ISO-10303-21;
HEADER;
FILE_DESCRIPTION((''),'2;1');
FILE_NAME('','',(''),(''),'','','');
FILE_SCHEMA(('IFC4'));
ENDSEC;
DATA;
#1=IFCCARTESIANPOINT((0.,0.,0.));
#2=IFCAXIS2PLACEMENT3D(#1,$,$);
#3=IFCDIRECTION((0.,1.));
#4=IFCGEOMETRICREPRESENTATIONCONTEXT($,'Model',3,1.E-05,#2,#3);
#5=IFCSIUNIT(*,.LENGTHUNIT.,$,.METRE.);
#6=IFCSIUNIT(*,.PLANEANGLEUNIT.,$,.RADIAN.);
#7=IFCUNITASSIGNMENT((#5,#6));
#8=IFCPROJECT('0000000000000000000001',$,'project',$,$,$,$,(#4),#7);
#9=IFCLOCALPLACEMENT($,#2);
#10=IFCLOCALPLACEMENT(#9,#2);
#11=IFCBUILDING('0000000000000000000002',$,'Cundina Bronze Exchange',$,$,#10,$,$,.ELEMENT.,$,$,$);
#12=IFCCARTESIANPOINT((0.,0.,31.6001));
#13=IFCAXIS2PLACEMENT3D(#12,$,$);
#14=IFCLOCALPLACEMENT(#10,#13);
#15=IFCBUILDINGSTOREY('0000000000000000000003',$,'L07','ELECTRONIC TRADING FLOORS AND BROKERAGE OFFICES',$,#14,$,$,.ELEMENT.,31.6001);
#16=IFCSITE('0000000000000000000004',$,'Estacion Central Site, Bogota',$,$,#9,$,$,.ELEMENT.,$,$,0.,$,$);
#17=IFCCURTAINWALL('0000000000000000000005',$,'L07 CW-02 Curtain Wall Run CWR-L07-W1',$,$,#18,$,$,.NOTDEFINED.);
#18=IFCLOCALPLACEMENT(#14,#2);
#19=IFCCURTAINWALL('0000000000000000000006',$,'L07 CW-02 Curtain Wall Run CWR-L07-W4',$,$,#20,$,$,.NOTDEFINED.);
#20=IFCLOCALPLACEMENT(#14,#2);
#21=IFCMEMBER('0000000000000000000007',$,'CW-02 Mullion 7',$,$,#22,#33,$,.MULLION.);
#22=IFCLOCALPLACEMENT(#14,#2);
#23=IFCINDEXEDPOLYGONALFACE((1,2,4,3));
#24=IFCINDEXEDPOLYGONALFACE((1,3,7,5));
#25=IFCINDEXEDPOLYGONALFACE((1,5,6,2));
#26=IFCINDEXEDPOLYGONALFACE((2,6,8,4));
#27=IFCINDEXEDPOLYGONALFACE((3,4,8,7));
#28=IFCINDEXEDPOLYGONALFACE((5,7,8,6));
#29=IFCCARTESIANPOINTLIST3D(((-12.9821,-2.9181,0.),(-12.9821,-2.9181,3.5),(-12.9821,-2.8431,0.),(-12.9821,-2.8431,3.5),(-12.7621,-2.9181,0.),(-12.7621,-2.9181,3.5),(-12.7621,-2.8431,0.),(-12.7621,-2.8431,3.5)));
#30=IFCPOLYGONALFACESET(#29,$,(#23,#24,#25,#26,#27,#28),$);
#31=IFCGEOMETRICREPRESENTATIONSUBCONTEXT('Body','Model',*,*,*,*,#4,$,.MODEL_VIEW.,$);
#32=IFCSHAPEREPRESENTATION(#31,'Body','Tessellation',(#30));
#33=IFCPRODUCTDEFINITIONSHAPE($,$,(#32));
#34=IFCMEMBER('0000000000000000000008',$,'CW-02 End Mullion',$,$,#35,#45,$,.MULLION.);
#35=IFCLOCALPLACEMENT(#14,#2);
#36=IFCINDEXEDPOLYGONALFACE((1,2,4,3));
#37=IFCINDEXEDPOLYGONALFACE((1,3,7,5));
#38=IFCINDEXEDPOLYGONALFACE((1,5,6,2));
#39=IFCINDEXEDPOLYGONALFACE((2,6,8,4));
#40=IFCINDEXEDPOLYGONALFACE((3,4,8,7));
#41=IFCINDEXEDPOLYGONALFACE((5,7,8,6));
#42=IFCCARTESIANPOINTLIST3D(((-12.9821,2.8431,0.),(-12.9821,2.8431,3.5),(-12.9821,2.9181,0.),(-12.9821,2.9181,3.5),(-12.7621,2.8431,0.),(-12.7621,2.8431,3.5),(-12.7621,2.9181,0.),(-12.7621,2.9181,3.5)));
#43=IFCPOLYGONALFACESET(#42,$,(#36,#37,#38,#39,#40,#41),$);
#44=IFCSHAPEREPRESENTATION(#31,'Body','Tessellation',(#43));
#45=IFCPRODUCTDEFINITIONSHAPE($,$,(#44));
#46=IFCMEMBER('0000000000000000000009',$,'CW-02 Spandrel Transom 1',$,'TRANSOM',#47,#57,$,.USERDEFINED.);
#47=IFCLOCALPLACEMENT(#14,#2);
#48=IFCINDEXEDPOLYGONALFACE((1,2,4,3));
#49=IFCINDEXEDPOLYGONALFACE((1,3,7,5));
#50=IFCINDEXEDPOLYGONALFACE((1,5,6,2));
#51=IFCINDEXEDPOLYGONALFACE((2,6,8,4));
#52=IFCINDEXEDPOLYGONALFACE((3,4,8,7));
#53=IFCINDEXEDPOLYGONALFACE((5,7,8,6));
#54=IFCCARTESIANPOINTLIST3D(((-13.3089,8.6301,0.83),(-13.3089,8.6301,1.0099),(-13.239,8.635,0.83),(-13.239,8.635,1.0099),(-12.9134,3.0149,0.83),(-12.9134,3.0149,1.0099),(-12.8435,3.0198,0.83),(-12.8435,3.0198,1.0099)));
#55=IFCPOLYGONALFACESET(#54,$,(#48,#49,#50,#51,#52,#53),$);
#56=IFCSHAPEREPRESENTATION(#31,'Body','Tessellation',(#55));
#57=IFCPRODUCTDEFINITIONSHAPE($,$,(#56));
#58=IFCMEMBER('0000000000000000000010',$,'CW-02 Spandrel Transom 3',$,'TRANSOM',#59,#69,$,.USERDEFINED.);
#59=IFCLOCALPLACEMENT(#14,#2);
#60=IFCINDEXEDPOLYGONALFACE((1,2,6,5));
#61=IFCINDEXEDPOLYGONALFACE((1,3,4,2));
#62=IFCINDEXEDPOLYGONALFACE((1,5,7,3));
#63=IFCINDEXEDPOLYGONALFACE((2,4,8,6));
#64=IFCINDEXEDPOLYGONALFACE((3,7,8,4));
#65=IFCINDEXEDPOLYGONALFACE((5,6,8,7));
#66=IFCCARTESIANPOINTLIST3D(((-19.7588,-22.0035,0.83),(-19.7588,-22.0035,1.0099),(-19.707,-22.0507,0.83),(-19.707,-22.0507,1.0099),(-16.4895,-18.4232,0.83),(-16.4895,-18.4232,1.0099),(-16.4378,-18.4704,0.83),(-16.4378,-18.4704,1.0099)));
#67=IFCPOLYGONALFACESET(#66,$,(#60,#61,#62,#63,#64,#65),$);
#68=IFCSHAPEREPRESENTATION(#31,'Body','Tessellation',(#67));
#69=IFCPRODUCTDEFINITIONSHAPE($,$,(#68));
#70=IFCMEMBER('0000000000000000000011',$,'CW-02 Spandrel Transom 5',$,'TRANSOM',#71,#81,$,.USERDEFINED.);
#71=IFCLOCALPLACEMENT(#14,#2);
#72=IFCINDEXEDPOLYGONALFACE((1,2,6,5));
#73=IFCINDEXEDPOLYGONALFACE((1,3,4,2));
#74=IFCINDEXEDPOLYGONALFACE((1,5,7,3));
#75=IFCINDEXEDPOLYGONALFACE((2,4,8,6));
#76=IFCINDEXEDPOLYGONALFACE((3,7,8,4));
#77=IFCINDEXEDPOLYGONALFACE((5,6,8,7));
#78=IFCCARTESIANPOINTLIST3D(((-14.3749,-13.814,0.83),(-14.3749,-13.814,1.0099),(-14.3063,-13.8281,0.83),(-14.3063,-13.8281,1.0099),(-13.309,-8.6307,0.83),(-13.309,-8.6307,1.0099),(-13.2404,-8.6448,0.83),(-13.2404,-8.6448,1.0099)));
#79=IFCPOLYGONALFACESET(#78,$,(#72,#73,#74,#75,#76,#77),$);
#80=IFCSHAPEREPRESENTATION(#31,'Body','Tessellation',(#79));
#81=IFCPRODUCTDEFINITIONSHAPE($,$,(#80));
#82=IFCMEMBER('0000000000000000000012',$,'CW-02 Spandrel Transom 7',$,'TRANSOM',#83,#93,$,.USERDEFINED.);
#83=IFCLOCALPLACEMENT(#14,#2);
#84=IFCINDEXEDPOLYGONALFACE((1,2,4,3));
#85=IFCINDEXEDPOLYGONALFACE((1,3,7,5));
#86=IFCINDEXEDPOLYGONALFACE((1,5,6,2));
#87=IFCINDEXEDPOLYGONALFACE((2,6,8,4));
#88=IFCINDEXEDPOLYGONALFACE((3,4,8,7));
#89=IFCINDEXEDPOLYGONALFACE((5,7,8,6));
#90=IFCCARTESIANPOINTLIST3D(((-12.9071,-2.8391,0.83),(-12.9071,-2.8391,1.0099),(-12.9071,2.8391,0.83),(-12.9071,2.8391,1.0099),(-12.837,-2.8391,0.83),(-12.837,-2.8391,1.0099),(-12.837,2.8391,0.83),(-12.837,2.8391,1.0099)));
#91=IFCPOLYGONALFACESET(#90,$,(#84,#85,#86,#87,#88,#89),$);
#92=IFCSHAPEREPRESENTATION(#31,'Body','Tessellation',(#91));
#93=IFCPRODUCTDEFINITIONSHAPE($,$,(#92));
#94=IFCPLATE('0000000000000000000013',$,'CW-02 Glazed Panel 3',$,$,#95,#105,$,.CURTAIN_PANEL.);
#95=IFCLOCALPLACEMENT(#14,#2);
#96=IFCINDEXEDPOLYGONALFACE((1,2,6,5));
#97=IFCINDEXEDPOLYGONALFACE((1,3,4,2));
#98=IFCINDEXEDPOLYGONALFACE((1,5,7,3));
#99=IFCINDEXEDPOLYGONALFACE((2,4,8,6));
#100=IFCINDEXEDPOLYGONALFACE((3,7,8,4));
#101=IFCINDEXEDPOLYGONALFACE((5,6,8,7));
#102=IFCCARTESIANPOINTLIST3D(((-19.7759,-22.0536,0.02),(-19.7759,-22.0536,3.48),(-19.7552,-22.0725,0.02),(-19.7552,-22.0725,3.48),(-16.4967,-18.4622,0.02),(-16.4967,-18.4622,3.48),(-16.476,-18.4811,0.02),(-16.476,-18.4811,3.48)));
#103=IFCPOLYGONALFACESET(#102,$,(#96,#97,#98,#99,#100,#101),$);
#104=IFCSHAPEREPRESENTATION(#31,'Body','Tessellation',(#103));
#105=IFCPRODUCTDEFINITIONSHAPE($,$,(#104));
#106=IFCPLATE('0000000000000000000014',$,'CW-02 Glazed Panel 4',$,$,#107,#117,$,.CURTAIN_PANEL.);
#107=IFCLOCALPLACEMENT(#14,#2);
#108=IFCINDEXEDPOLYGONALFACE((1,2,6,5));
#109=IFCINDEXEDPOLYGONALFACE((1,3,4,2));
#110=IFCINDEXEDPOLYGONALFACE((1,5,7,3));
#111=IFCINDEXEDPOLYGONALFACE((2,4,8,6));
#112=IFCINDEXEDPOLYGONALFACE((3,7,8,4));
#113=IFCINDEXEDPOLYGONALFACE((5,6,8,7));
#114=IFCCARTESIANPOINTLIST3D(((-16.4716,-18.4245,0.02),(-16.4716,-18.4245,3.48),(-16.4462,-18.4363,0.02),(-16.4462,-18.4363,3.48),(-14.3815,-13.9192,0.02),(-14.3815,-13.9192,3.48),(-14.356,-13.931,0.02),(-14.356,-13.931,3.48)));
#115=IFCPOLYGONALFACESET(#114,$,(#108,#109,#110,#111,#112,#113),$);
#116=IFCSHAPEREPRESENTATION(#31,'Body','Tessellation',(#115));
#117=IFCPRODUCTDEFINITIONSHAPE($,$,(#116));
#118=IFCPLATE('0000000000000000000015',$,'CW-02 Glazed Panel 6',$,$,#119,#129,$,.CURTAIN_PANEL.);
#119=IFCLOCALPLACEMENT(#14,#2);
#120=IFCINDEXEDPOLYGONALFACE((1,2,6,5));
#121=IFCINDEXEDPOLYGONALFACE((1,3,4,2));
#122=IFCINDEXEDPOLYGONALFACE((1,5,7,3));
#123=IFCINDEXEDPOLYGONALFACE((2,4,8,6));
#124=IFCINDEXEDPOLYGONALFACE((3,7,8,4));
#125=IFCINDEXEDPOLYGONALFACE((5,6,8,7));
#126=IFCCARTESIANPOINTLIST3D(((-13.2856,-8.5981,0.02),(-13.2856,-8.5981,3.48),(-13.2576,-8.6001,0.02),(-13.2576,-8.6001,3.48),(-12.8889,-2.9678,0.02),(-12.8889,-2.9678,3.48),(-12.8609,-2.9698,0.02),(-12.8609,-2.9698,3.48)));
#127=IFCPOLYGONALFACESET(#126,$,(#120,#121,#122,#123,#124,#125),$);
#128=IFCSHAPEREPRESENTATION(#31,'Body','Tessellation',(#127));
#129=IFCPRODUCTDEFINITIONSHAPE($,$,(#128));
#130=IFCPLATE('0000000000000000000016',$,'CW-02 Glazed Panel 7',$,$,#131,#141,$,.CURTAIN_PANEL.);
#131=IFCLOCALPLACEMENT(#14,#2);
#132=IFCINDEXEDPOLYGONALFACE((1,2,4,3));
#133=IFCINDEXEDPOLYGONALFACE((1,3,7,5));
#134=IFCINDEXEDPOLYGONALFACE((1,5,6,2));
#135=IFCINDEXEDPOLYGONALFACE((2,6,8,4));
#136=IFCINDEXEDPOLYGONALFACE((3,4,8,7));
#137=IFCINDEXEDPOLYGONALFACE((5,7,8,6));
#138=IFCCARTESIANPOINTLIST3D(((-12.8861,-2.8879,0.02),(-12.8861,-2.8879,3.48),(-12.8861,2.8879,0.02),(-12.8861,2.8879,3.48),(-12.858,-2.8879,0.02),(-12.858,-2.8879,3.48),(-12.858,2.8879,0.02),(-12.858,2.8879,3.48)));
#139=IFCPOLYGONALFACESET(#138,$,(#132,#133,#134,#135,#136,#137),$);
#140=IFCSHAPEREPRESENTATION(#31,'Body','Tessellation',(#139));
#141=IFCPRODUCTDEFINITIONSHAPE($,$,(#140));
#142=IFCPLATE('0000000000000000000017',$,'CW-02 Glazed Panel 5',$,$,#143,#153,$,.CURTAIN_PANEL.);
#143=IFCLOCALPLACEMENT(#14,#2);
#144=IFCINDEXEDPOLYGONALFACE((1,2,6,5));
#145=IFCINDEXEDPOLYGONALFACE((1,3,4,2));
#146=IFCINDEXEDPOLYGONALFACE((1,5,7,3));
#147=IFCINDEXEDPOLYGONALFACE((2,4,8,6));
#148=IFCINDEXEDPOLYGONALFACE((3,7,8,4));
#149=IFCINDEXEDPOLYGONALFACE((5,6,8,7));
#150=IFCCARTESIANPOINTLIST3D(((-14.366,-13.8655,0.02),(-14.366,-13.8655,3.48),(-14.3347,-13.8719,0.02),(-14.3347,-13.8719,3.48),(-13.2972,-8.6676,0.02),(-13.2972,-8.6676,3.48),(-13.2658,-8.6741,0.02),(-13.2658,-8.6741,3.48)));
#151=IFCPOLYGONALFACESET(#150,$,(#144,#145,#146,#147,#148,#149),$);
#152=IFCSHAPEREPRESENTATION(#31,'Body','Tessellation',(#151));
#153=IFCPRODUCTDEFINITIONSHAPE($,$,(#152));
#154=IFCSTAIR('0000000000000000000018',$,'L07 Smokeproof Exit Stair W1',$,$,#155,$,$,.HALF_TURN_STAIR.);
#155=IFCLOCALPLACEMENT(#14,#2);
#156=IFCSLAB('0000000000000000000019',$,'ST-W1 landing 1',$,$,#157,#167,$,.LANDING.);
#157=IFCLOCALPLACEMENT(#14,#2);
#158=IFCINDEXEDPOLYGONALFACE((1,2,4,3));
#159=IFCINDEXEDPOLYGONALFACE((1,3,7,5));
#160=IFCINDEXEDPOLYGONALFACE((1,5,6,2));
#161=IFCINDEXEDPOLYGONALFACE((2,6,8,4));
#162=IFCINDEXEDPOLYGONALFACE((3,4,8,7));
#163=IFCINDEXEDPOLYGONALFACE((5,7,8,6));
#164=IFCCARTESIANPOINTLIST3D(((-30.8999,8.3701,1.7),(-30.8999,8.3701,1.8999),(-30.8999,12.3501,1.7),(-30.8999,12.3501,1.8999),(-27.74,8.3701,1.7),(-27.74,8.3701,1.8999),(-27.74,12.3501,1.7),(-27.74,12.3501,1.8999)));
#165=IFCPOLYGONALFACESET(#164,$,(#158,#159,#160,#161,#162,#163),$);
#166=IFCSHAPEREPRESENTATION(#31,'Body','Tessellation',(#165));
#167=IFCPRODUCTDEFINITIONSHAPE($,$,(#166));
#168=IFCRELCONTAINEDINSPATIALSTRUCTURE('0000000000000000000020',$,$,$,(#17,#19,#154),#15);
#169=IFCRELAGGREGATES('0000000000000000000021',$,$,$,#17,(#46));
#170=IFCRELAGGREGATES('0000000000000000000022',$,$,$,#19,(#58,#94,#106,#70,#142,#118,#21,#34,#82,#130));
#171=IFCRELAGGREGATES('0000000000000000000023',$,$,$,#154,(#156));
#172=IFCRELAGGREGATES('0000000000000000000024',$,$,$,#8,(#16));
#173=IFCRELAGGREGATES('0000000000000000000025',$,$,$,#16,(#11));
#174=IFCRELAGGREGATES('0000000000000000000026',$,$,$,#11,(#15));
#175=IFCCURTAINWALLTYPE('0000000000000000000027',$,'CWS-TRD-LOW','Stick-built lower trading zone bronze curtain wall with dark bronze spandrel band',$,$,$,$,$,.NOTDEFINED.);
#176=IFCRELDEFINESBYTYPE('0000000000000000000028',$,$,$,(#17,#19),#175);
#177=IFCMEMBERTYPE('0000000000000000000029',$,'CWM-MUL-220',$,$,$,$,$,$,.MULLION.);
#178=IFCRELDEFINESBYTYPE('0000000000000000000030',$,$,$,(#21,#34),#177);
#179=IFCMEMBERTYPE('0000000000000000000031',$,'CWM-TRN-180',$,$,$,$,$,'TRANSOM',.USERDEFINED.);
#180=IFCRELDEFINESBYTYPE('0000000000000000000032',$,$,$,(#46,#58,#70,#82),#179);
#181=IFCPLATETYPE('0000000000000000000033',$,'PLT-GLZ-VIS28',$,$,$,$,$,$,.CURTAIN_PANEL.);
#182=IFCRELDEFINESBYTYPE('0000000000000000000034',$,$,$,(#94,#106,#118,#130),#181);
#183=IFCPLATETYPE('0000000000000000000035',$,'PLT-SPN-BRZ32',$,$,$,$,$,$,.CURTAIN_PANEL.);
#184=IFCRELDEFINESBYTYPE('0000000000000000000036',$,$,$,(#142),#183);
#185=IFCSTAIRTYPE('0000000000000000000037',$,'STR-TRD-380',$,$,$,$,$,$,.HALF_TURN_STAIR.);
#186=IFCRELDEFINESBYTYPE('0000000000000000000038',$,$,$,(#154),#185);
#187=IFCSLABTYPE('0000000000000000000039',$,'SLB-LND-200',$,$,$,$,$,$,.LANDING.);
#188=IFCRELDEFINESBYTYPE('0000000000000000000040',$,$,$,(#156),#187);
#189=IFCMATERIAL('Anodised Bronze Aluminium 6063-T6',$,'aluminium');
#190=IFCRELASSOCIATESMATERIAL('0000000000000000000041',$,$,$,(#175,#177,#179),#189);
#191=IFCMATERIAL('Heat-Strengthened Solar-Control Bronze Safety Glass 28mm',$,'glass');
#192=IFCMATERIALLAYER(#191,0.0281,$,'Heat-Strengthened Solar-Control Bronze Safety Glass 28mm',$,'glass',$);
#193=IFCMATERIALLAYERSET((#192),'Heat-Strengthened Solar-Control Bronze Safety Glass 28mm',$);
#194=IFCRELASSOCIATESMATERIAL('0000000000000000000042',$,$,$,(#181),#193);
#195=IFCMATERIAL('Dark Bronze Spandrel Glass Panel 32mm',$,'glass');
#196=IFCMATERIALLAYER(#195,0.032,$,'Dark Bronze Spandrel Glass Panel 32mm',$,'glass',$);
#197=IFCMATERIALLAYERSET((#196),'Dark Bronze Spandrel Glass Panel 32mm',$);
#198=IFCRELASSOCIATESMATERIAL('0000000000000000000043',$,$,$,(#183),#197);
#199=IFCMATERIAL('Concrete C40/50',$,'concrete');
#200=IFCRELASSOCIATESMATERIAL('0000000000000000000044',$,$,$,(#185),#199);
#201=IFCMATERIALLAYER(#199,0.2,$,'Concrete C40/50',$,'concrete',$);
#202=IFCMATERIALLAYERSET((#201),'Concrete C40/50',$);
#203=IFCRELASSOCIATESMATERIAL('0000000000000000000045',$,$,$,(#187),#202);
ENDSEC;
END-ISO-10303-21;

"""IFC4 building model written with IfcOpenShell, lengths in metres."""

from ifc_helpers import new_model, si_unit, direction, frame, origin, origin_2d, place, context, subcontext, project, spatial, polyline, rectangle, outline, extrude, material, layer, layer_set, material_profile, profile_set, type_object, element, aggregate, save


model = new_model("IFC4")

# Units and contexts
model_context = context("Model", 3, precision=1e-05, world=origin(), true_north=direction((0.0, 1.0)))
body_context = subcontext(model_context, "Body", "Model", "MODEL_VIEW")
ifc_project = project(units=[si_unit("LENGTHUNIT", "METRE"), si_unit("PLANEANGLEUNIT", "RADIAN")], contexts=[model_context])

# Site, building, storey
site_placement = place(None, origin())
site = spatial("IfcSite", under=ifc_project, at=site_placement, Name="Estacion Central Site, Bogota", CompositionType="ELEMENT", RefElevation=0.0)
building_placement = place(site_placement, origin())
building = spatial("IfcBuilding", under=site, at=building_placement, Name="Cundina Bronze Exchange", CompositionType="ELEMENT")
storey_placement = place(building_placement, frame((0.0, 0.0, 31.6001)))
storey = spatial("IfcBuildingStorey", under=building, at=storey_placement, Name="L07", Description="ELECTRONIC TRADING FLOORS AND BROKERAGE OFFICES", CompositionType="ELEMENT", Elevation=31.6001)

# Curtain wall
ifc_material_1 = material(Name="Anodised Bronze Aluminium 6063-T6", Category="aluminium")
curtain_wall_type = type_object("IfcCurtainWallType", Name="CWS-TRD-LOW", Description="Stick-built lower trading zone bronze curtain wall with dark bronze spandrel band", PredefinedType="NOTDEFINED", material=ifc_material_1)
curtain_wall_1_placement = place(storey_placement, origin())
curtain_wall_1 = element("IfcCurtainWall", 1, at=curtain_wall_1_placement, inside=storey, type_object=curtain_wall_type, Name="L07 CW-02 Curtain Wall Run CWR-L07-W1", PredefinedType="NOTDEFINED")
ifc_material_profile_1 = material_profile(ifc_material_1, rectangle(XDim=0.075, YDim=0.22, at=origin_2d()), Name="AL75X220", Category="aluminium")
ifc_profile_set_1 = profile_set([ifc_material_profile_1], Name="Anodised Bronze Aluminium 6063-T6")
member_type_1 = type_object("IfcMemberType", Name="CWM-MUL-220", PredefinedType="MULLION", material=ifc_profile_set_1)

# Curtain wall, members
curtain_wall_2_placement = place(storey_placement, origin())
curtain_wall_2 = element("IfcCurtainWall", 2, at=curtain_wall_2_placement, inside=storey, type_object=curtain_wall_type, Name="L07 CW-02 Curtain Wall Run CWR-L07-W4", PredefinedType="NOTDEFINED")
member_1_placement = place(storey_placement, frame((-12.8721, -2.8806, 0.0), z_axis=(0.0, 0.0, 1.0), x_axis=(0.0, 1.0, 0.0)))
member_1 = element("IfcMember", 3, at=member_1_placement, type_object=member_type_1, Name="CW-02 Mullion 7", PredefinedType="MULLION", context=body_context, shape_type="SweptSolid", body=[
    extrude(rectangle(XDim=0.075, YDim=0.22, at=origin_2d()), origin(), (0.0, 0.0, 1.0), 3.5),
])
member_2_placement = place(storey_placement, frame((-12.8721, 2.8806, 0.0), z_axis=(0.0, 0.0, 1.0), x_axis=(0.0, 1.0, 0.0)))
member_2 = element("IfcMember", 4, at=member_2_placement, type_object=member_type_1, Name="CW-02 End Mullion", PredefinedType="MULLION", context=body_context, shape_type="SweptSolid", body=[
    extrude(rectangle(XDim=0.075, YDim=0.22, at=origin_2d()), origin(), (0.0, 0.0, 1.0), 3.5),
])

# Members
ifc_material_profile_2 = material_profile(ifc_material_1, rectangle(XDim=0.0701, YDim=0.1799, at=origin_2d()), Name="AL70X180", Category="aluminium")
ifc_profile_set_2 = profile_set([ifc_material_profile_2], Name="Anodised Bronze Aluminium 6063-T6")
member_type_2 = type_object("IfcMemberType", Name="CWM-TRN-180", ElementType="TRANSOM", PredefinedType="USERDEFINED", material=ifc_profile_set_2)
member_3_placement = place(storey_placement, frame((-12.8784, 3.0173, 0.9199), z_axis=(-0.070261, 0.997529, 0.0), x_axis=(-0.997529, -0.070261, 0.0)))
member_3 = element("IfcMember", 5, at=member_3_placement, type_object=member_type_2, Name="CW-02 Spandrel Transom 1", ObjectType="TRANSOM", PredefinedType="USERDEFINED", context=body_context, shape_type="SweptSolid", body=[
    extrude(rectangle(XDim=0.0701, YDim=0.1799, at=origin_2d()), origin(), (0.0, 0.0, 1.0), 5.6292),
])
aggregate(curtain_wall_1, [member_3])
member_4_placement = place(storey_placement, frame((-19.7329, -22.0271, 0.9199), z_axis=(0.674303, 0.738455, 0.0), x_axis=(-0.738455, 0.674303, 0.0)))
member_4 = element("IfcMember", 6, at=member_4_placement, type_object=member_type_2, Name="CW-02 Spandrel Transom 3", ObjectType="TRANSOM", PredefinedType="USERDEFINED", context=body_context, shape_type="SweptSolid", body=[
    extrude(rectangle(XDim=0.0701, YDim=0.1799, at=origin_2d()), origin(), (0.0, 0.0, 1.0), 4.8484),
])
member_5_placement = place(storey_placement, frame((-14.3406, -13.821, 0.9199), z_axis=(0.201428, 0.979503, 0.0), x_axis=(-0.979503, 0.201428, 0.0)))
member_5 = element("IfcMember", 7, at=member_5_placement, type_object=member_type_2, Name="CW-02 Spandrel Transom 5", ObjectType="TRANSOM", PredefinedType="USERDEFINED", context=body_context, shape_type="SweptSolid", body=[
    extrude(rectangle(XDim=0.0701, YDim=0.1799, at=origin_2d()), origin(), (0.0, 0.0, 1.0), 5.2917),
])
member_6_placement = place(storey_placement, frame((-12.8721, -2.8391, 0.9199), z_axis=(0.0, 1.0, 0.0), x_axis=(-1.0, 0.0, 0.0)))
member_6 = element("IfcMember", 8, at=member_6_placement, type_object=member_type_2, Name="CW-02 Spandrel Transom 7", ObjectType="TRANSOM", PredefinedType="USERDEFINED", context=body_context, shape_type="SweptSolid", body=[
    extrude(rectangle(XDim=0.0701, YDim=0.1799, at=origin_2d()), origin(), (0.0, 0.0, 1.0), 5.6782),
])

# Plates
ifc_material_2 = material(Name="Heat-Strengthened Solar-Control Bronze Safety Glass 28mm", Category="glass")
ifc_layer_1 = layer(ifc_material_2, 0.0281, Name="Heat-Strengthened Solar-Control Bronze Safety Glass 28mm", Category="glass")
ifc_layer_set_1 = layer_set([ifc_layer_1], Name="Heat-Strengthened Solar-Control Bronze Safety Glass 28mm")
plate_type_1 = type_object("IfcPlateType", Name="PLT-GLZ-VIS28", PredefinedType="CURTAIN_PANEL", material=ifc_layer_set_1)
plate_1_placement = place(storey_placement, frame((-18.126, -20.2673, 0.02), z_axis=(0.0, 0.0, 1.0), x_axis=(0.674277, 0.738479, 0.0)))
plate_1 = element("IfcPlate", 9, at=plate_1_placement, type_object=plate_type_1, Name="CW-02 Glazed Panel 3", PredefinedType="CURTAIN_PANEL", context=body_context, shape_type="SweptSolid", body=[
    extrude(rectangle(XDim=4.8633, YDim=0.0281, at=origin_2d()), origin(), (0.0, 0.0, 1.0), 3.46),
])
plate_2_placement = place(storey_placement, frame((-15.4138, -16.1777, 0.02), z_axis=(0.0, 0.0, 1.0), x_axis=(0.420846, 0.907132, 0.0)))
plate_2 = element("IfcPlate", 10, at=plate_2_placement, type_object=plate_type_1, Name="CW-02 Glazed Panel 4", PredefinedType="CURTAIN_PANEL", context=body_context, shape_type="SweptSolid", body=[
    extrude(rectangle(XDim=4.9666, YDim=0.0281, at=origin_2d()), origin(), (0.0, 0.0, 1.0), 3.46),
])
plate_3_placement = place(storey_placement, frame((-13.0732, -5.7839, 0.02), z_axis=(0.0, 0.0, 1.0), x_axis=(0.070279, 0.997527, 0.0)))
plate_3 = element("IfcPlate", 11, at=plate_3_placement, type_object=plate_type_1, Name="CW-02 Glazed Panel 6", PredefinedType="CURTAIN_PANEL", context=body_context, shape_type="SweptSolid", body=[
    extrude(rectangle(XDim=5.6443, YDim=0.0281, at=origin_2d()), origin(), (0.0, 0.0, 1.0), 3.46),
])
plate_4_placement = place(storey_placement, frame((-12.8721, 0.0, 0.02), z_axis=(0.0, 0.0, 1.0), x_axis=(0.0, 1.0, 0.0)))
plate_4 = element("IfcPlate", 12, at=plate_4_placement, type_object=plate_type_1, Name="CW-02 Glazed Panel 7", PredefinedType="CURTAIN_PANEL", context=body_context, shape_type="SweptSolid", body=[
    extrude(rectangle(XDim=5.7759, YDim=0.0281, at=origin_2d()), origin(), (0.0, 0.0, 1.0), 3.46),
])
ifc_material_3 = material(Name="Dark Bronze Spandrel Glass Panel 32mm", Category="glass")
ifc_layer_2 = layer(ifc_material_3, 0.032, Name="Dark Bronze Spandrel Glass Panel 32mm", Category="glass")
ifc_layer_set_2 = layer_set([ifc_layer_2], Name="Dark Bronze Spandrel Glass Panel 32mm")
plate_type_2 = type_object("IfcPlateType", Name="PLT-SPN-BRZ32", PredefinedType="CURTAIN_PANEL", material=ifc_layer_set_2)
plate_5_placement = place(storey_placement, frame((-13.8159, -11.2698, 0.02), z_axis=(0.0, 0.0, 1.0), x_axis=(0.20142, 0.979505, 0.0)))
plate_5 = element("IfcPlate", 13, at=plate_5_placement, type_object=plate_type_2, Name="CW-02 Glazed Panel 5", PredefinedType="CURTAIN_PANEL", context=body_context, shape_type="SweptSolid", body=[
    extrude(rectangle(XDim=5.3066, YDim=0.032, at=origin_2d()), origin(), (0.0, 0.0, 1.0), 3.46),
])
aggregate(curtain_wall_2, [member_4, plate_1, plate_2, member_5, plate_5, plate_3, member_1, member_2, member_6, plate_4])

# Stair, slab
ifc_material_4 = material(Name="Concrete C40/50", Category="concrete")
stair_type = type_object("IfcStairType", Name="STR-TRD-380", PredefinedType="HALF_TURN_STAIR", material=ifc_material_4)
stair_placement = place(storey_placement, origin())
stair = element("IfcStair", 14, at=stair_placement, inside=storey, type_object=stair_type, Name="L07 Smokeproof Exit Stair W1", PredefinedType="HALF_TURN_STAIR")
ifc_layer_3 = layer(ifc_material_4, 0.2, Name="Concrete C40/50", Category="concrete")
ifc_layer_set_3 = layer_set([ifc_layer_3], Name="Concrete C40/50")
slab_type_1 = type_object("IfcSlabType", Name="SLB-LND-200", PredefinedType="LANDING", material=ifc_layer_set_3)
slab_1_placement = place(storey_placement, frame((0.0, 0.0, 1.7)))
slab_1 = element("IfcSlab", 15, at=slab_1_placement, type_object=slab_type_1, Name="ST-W1 landing 1", PredefinedType="LANDING", context=body_context, shape_type="SweptSolid", body=[
    extrude(outline(polyline([(-27.74, 8.3701), (-27.74, 12.3501), (-30.8999, 12.3501), (-30.8999, 8.3701), (-27.74, 8.3701)])), origin(), (0.0, 0.0, 1.0), 0.2),
])
aggregate(stair, [slab_1])

save(model, "model.ifc")
